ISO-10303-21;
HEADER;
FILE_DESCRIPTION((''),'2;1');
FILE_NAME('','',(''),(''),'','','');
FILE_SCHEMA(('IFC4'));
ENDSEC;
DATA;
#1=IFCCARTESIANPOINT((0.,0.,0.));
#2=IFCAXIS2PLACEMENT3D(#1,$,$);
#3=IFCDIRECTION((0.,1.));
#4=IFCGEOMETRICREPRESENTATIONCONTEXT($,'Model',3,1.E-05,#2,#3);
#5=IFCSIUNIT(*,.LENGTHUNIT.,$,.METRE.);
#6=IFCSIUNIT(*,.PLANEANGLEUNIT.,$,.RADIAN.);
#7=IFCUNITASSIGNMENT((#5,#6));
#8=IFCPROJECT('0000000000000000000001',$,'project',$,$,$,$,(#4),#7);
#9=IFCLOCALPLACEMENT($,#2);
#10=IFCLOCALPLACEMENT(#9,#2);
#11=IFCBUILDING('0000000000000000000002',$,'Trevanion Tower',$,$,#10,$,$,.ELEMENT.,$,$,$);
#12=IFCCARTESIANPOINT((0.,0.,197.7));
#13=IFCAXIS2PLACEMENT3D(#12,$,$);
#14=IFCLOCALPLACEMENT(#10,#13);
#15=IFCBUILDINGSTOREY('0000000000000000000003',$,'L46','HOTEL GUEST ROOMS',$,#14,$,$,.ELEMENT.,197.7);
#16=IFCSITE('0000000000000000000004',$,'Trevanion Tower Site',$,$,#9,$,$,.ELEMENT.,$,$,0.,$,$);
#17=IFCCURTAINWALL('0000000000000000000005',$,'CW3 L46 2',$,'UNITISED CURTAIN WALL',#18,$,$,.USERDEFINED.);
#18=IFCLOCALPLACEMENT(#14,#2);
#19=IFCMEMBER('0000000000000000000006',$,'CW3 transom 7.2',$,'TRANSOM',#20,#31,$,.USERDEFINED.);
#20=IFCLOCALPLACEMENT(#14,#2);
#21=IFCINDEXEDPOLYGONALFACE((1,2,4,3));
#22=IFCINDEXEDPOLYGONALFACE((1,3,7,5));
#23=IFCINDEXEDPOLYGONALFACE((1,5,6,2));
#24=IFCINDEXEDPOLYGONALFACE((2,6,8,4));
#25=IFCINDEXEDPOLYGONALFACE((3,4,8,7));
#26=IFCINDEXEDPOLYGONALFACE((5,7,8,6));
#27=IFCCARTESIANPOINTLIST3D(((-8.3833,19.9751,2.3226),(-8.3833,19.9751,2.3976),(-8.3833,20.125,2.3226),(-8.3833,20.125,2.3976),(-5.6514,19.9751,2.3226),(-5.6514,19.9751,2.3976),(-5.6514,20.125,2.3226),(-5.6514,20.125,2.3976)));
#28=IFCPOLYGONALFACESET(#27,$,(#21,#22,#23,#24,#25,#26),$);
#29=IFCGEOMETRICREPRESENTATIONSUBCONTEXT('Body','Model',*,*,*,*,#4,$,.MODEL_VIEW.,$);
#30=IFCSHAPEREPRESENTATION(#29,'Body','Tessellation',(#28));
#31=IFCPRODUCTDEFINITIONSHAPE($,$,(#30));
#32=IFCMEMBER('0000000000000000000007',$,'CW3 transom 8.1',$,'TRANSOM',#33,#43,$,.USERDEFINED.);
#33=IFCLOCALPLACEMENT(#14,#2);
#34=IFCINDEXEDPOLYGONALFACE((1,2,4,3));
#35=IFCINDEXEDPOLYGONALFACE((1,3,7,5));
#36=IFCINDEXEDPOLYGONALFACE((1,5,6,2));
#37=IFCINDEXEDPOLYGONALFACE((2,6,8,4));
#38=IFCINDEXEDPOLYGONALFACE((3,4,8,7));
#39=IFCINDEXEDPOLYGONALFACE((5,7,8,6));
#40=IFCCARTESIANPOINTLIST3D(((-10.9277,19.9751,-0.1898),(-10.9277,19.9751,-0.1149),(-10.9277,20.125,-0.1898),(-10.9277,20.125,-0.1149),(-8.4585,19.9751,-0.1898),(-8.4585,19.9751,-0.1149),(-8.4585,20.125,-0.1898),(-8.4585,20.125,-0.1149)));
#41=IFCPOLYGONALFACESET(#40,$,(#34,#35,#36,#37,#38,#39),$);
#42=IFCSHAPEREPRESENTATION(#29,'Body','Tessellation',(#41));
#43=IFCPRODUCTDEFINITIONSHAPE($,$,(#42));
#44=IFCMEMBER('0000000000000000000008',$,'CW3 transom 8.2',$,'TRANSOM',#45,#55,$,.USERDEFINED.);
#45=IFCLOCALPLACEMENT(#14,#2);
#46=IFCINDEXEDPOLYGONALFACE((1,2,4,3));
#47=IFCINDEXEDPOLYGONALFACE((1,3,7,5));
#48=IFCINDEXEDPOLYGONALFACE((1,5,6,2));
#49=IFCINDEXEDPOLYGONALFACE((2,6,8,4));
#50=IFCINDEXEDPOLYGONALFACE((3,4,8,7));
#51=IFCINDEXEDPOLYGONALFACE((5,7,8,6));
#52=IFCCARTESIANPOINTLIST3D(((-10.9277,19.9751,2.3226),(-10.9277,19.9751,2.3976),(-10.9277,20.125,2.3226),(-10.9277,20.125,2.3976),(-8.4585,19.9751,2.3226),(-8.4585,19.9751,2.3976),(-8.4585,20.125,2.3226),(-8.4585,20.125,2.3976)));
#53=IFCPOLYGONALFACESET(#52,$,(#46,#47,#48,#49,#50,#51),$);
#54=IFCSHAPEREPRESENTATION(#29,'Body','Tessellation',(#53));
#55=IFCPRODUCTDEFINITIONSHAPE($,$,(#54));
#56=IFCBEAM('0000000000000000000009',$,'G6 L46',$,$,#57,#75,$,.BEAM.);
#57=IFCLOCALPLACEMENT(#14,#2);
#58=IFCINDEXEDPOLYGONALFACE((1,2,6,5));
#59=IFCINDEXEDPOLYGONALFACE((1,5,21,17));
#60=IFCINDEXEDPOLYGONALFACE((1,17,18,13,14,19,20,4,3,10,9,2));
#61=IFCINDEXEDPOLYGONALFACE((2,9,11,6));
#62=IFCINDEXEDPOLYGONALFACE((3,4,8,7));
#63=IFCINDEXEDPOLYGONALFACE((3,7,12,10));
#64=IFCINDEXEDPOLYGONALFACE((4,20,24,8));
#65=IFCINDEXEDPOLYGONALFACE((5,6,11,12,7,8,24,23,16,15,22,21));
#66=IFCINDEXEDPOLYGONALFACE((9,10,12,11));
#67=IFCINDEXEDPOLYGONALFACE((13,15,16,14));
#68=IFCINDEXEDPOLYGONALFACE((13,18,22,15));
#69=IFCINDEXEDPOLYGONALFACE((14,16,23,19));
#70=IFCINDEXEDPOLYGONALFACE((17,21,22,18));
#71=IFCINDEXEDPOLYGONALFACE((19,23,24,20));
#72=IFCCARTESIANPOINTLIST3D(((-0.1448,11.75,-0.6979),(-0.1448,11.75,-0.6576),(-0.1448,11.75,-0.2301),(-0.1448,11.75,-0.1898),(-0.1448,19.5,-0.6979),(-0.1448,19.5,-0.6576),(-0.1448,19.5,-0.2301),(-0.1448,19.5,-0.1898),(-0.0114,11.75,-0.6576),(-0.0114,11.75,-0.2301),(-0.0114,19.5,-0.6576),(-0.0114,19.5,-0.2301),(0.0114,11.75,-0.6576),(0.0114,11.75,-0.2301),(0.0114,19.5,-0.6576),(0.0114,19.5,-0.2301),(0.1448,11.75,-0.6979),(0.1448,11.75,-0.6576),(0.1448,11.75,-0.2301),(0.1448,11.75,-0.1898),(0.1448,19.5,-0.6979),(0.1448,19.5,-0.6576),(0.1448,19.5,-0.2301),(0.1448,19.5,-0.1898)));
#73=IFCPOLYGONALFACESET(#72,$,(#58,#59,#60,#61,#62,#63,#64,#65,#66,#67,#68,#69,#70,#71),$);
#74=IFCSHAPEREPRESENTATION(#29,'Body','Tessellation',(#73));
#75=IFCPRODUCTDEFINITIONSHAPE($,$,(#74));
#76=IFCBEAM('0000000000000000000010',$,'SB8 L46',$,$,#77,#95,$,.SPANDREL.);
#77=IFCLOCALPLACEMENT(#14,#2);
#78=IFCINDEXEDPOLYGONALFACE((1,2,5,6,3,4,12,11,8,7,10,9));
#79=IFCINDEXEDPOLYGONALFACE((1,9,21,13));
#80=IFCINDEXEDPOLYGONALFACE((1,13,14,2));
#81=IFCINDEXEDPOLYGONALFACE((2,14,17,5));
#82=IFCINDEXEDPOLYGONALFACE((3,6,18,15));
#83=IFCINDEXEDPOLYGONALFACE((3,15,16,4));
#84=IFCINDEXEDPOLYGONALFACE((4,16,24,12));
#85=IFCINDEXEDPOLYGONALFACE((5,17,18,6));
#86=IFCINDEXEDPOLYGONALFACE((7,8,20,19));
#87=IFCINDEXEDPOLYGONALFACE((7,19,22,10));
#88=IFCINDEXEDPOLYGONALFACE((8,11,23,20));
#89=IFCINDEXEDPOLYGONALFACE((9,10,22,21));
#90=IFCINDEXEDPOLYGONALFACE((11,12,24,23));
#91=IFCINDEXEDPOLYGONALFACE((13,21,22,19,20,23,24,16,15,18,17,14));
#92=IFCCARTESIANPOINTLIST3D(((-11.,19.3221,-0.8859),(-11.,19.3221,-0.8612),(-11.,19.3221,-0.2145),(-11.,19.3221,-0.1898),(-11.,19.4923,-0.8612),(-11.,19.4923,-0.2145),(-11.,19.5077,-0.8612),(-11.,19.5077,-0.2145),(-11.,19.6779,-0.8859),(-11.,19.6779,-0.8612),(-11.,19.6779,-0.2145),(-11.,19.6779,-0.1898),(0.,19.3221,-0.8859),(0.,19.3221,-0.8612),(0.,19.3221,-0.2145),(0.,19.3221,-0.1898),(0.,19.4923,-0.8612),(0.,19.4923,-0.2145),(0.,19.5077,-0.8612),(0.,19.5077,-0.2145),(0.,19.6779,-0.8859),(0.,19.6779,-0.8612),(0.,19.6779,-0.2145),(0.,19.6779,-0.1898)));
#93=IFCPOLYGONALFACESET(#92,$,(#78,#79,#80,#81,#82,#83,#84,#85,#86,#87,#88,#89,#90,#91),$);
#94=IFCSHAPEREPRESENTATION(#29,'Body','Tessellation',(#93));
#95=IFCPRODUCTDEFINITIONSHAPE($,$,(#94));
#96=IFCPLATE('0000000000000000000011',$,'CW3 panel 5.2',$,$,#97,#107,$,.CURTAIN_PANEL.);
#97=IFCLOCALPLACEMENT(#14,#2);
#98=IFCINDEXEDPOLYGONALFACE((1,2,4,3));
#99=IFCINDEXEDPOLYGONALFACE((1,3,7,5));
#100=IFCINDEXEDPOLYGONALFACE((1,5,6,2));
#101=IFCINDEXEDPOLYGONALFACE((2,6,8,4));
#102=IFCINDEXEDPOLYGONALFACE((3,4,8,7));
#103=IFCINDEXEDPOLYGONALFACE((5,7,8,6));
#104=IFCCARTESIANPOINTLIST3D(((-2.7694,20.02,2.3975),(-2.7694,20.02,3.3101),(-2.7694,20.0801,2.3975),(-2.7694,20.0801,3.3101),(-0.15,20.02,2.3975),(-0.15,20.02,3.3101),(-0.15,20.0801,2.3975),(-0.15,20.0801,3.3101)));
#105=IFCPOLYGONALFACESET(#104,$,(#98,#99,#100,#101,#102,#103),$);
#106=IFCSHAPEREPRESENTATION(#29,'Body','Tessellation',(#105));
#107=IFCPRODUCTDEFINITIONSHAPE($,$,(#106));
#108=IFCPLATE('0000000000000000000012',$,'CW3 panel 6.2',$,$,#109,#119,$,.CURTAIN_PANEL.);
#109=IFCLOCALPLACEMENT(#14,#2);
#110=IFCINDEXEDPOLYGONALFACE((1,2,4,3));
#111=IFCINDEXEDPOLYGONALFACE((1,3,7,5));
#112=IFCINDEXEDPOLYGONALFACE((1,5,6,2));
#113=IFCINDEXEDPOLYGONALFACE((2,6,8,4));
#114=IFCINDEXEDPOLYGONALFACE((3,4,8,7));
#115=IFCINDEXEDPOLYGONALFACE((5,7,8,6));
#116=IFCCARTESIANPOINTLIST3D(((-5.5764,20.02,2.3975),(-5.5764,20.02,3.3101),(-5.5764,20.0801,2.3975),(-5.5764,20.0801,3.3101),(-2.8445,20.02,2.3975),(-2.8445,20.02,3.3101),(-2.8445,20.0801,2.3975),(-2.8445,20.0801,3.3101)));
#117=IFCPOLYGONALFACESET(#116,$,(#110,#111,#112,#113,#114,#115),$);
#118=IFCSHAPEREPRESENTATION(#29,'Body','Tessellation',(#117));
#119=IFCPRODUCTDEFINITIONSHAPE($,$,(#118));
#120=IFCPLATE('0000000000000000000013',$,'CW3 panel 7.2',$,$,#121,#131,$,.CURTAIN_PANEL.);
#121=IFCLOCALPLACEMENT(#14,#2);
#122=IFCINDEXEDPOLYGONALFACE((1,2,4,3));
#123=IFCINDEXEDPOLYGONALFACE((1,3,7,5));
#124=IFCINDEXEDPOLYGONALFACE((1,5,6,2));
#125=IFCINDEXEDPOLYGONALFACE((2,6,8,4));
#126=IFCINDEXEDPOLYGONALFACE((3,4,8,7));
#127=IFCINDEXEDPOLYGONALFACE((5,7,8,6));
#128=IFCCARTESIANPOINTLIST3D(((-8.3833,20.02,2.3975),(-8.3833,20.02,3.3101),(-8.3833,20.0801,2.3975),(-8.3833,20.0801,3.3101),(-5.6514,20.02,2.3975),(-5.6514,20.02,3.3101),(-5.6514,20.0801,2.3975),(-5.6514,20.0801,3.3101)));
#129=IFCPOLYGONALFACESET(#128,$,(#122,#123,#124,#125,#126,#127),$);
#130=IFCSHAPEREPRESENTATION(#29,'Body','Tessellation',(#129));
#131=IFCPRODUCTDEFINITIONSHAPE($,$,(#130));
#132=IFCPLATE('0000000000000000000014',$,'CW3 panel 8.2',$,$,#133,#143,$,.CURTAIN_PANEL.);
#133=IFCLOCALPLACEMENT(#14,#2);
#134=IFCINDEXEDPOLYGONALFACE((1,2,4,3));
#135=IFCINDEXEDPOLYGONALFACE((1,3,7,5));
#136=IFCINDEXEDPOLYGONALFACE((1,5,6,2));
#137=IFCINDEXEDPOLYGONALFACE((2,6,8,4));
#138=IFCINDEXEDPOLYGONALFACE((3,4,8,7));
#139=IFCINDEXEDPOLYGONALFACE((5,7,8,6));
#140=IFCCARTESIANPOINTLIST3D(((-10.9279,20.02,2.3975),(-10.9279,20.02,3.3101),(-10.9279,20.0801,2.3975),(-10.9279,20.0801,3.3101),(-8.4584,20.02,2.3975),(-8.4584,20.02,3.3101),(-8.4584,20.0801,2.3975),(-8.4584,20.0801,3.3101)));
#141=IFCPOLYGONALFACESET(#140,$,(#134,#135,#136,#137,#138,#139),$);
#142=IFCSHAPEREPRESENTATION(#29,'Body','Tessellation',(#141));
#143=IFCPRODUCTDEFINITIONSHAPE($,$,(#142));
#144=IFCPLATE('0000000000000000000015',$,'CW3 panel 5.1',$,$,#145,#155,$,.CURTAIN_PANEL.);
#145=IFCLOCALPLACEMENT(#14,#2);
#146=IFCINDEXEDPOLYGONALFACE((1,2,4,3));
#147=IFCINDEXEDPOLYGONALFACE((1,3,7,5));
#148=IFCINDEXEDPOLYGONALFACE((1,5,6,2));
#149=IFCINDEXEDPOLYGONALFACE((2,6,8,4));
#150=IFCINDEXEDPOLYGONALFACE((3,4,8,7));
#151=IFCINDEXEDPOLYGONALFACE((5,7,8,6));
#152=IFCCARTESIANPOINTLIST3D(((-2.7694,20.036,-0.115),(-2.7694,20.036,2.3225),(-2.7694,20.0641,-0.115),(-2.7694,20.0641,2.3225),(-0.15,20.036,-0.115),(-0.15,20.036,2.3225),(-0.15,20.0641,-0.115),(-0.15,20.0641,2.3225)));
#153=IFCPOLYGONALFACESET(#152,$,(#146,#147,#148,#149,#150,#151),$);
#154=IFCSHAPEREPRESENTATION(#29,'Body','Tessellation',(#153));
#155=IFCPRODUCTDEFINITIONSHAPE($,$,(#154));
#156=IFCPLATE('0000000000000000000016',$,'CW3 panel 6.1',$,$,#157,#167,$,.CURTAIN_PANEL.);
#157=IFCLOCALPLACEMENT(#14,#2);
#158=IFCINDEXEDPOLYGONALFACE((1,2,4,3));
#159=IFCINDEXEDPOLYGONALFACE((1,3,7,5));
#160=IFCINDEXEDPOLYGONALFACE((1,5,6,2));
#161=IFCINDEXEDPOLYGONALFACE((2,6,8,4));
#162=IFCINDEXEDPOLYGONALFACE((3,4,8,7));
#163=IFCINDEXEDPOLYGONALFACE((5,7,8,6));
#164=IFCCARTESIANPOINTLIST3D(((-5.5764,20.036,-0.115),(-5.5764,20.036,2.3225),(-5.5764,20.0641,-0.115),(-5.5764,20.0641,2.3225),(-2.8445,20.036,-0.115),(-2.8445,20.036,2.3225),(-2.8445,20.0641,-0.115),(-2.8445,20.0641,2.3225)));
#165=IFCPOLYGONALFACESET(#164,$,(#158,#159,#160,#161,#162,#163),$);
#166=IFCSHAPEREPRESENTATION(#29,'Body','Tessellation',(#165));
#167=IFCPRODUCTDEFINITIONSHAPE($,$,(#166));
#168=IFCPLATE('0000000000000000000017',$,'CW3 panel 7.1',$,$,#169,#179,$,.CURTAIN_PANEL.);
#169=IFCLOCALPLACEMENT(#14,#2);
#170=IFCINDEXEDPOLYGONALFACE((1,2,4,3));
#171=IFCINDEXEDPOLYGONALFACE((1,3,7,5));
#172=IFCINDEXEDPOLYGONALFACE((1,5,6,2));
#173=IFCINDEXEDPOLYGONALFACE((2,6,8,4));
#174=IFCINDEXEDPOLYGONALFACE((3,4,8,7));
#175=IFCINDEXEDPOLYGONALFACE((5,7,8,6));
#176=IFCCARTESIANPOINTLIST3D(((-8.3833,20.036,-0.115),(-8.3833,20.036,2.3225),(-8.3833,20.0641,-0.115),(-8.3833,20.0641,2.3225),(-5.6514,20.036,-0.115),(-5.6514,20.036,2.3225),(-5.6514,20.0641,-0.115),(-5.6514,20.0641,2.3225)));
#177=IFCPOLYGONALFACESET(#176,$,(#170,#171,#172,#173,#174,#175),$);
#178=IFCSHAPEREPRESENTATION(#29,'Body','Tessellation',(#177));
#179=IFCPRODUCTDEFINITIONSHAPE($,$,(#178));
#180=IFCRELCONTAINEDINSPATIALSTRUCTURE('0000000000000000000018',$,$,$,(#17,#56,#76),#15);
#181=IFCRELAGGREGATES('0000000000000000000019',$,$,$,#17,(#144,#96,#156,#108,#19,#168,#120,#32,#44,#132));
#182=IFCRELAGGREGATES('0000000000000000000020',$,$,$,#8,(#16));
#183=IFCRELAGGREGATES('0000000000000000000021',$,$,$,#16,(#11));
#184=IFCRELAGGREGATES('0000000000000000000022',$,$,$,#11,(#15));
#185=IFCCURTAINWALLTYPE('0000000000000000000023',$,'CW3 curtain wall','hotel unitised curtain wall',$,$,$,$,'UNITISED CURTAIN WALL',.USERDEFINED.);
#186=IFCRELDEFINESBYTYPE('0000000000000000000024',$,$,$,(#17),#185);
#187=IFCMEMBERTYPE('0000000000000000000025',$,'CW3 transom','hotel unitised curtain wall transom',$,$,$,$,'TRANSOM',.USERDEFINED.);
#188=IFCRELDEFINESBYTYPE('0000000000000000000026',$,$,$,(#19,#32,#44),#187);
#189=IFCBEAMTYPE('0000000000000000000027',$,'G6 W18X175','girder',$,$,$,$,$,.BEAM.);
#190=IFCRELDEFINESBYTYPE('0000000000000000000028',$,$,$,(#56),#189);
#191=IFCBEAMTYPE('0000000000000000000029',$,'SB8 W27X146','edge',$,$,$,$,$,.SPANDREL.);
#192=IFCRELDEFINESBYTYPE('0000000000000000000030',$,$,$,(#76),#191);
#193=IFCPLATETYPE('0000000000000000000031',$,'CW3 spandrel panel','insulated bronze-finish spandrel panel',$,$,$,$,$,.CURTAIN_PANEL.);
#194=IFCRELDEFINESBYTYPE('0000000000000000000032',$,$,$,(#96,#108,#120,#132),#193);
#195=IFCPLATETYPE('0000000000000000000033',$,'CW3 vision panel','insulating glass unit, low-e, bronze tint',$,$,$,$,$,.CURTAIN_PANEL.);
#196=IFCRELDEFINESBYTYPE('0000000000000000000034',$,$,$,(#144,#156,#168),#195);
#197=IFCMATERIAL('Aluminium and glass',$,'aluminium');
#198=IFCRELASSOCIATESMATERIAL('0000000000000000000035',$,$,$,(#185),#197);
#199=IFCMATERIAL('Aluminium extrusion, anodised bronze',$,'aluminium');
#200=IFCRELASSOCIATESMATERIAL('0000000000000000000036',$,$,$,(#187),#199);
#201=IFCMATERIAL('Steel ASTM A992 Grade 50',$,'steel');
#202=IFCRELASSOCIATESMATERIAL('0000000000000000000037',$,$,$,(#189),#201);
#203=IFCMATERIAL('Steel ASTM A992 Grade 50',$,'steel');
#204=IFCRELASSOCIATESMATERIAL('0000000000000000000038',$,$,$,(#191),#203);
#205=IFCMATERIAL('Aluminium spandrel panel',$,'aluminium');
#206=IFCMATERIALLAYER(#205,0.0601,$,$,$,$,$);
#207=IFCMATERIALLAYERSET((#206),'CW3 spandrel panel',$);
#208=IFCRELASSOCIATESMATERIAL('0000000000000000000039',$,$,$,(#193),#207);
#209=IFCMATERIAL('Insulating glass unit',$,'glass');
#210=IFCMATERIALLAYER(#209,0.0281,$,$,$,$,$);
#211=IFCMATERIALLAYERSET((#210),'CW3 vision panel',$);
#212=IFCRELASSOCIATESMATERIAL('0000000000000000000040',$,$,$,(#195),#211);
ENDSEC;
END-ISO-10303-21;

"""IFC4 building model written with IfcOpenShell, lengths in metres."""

from ifc_helpers import new_model, si_unit, direction, frame, origin, origin_2d, place, context, subcontext, project, spatial, rectangle, i_section, extrude, material, layer, layer_set, material_profile, profile_set, type_object, element, aggregate, save


model = new_model("IFC4")

# Units and contexts
model_context = context("Model", 3, precision=1e-05, world=origin(), true_north=direction((0.0, 1.0)))
body_context = subcontext(model_context, "Body", "Model", "MODEL_VIEW")
ifc_project = project(units=[si_unit("LENGTHUNIT", "METRE"), si_unit("PLANEANGLEUNIT", "RADIAN")], contexts=[model_context])

# Site, building, storey
site_placement = place(None, origin())
site = spatial("IfcSite", under=ifc_project, at=site_placement, Name="Trevanion Tower Site", CompositionType="ELEMENT", RefElevation=0.0)
building_placement = place(site_placement, origin())
building = spatial("IfcBuilding", under=site, at=building_placement, Name="Trevanion Tower", CompositionType="ELEMENT")
storey_placement = place(building_placement, frame((0.0, 0.0, 197.7)))
storey = spatial("IfcBuildingStorey", under=building, at=storey_placement, Name="L46", Description="HOTEL GUEST ROOMS", CompositionType="ELEMENT", Elevation=197.7)

# Curtain wall, members
ifc_material_1 = material(Name="Aluminium and glass", Category="aluminium")
curtain_wall_type = type_object("IfcCurtainWallType", Name="CW3 curtain wall", Description="hotel unitised curtain wall", ElementType="UNITISED CURTAIN WALL", PredefinedType="USERDEFINED", material=ifc_material_1)
curtain_wall_placement = place(storey_placement, origin())
curtain_wall = element("IfcCurtainWall", 1, at=curtain_wall_placement, inside=storey, type_object=curtain_wall_type, Name="CW3 L46 2", ObjectType="UNITISED CURTAIN WALL", PredefinedType="USERDEFINED")
ifc_material_2 = material(Name="Aluminium extrusion, anodised bronze", Category="aluminium")
ifc_material_profile_1 = material_profile(ifc_material_2, rectangle(XDim=0.1499, YDim=0.075, at=origin_2d()), Name="CW3 transom")
ifc_profile_set_1 = profile_set([ifc_material_profile_1], Name="Aluminium extrusion, anodised bronze")
member_type_1 = type_object("IfcMemberType", Name="CW3 transom", Description="hotel unitised curtain wall transom", ElementType="TRANSOM", PredefinedType="USERDEFINED", material=ifc_profile_set_1)
member_1_placement = place(storey_placement, frame((-5.6514, 20.05, 2.3601), z_axis=(-1.0, 0.0, 0.0), x_axis=(0.0, -1.0, 0.0)))
member_1 = element("IfcMember", 2, at=member_1_placement, type_object=member_type_1, Name="CW3 transom 7.2", ObjectType="TRANSOM", PredefinedType="USERDEFINED", context=body_context, shape_type="SweptSolid", body=[
    extrude(rectangle(XDim=0.1499, YDim=0.075, at=origin_2d()), origin(), (0.0, 0.0, 1.0), 2.7319),
])
member_2_placement = place(storey_placement, frame((-8.4585, 20.05, -0.1523), z_axis=(-1.0, 0.0, 0.0), x_axis=(0.0, -1.0, 0.0)))
member_2 = element("IfcMember", 3, at=member_2_placement, type_object=member_type_1, Name="CW3 transom 8.1", ObjectType="TRANSOM", PredefinedType="USERDEFINED", context=body_context, shape_type="SweptSolid", body=[
    extrude(rectangle(XDim=0.1499, YDim=0.075, at=origin_2d()), origin(), (0.0, 0.0, 1.0), 2.4692),
])
member_3_placement = place(storey_placement, frame((-8.4585, 20.05, 2.3601), z_axis=(-1.0, 0.0, 0.0), x_axis=(0.0, -1.0, 0.0)))
member_3 = element("IfcMember", 4, at=member_3_placement, type_object=member_type_1, Name="CW3 transom 8.2", ObjectType="TRANSOM", PredefinedType="USERDEFINED", context=body_context, shape_type="SweptSolid", body=[
    extrude(rectangle(XDim=0.1499, YDim=0.075, at=origin_2d()), origin(), (0.0, 0.0, 1.0), 2.4692),
])

# Beams
ifc_material_3 = material(Name="Steel ASTM A992 Grade 50", Category="steel")
ifc_material_profile_2 = material_profile(ifc_material_3, i_section(OverallWidth=0.2896, OverallDepth=0.5081, WebThickness=0.0227, FlangeThickness=0.0403, at=origin_2d()), Name="W18X175")
ifc_profile_set_2 = profile_set([ifc_material_profile_2], Name="Steel ASTM A992 Grade 50")
beam_type_1 = type_object("IfcBeamType", Name="G6 W18X175", Description="girder", PredefinedType="BEAM", material=ifc_profile_set_2)
beam_1_placement = place(storey_placement, frame((0.0, 11.75, -0.4438), z_axis=(0.0, 1.0, 0.0), x_axis=(-1.0, 0.0, 0.0)))
element("IfcBeam", 5, at=beam_1_placement, inside=storey, type_object=beam_type_1, Name="G6 L46", PredefinedType="BEAM", context=body_context, shape_type="SweptSolid", body=[
    extrude(i_section(OverallWidth=0.2896, OverallDepth=0.5081, WebThickness=0.0227, FlangeThickness=0.0403, at=origin_2d()), origin(), (0.0, 0.0, 1.0), 7.75),
])
ifc_material_4 = material(Name="Steel ASTM A992 Grade 50", Category="steel")
ifc_material_profile_3 = material_profile(ifc_material_4, i_section(OverallWidth=0.3557, OverallDepth=0.696, WebThickness=0.0154, FlangeThickness=0.0247, at=origin_2d()), Name="W27X146")
ifc_profile_set_3 = profile_set([ifc_material_profile_3], Name="Steel ASTM A992 Grade 50")
beam_type_2 = type_object("IfcBeamType", Name="SB8 W27X146", Description="edge", PredefinedType="SPANDREL", material=ifc_profile_set_3)
beam_2_placement = place(storey_placement, frame((0.0, 19.5, -0.5378), z_axis=(-1.0, 0.0, 0.0), x_axis=(0.0, -1.0, 0.0)))
element("IfcBeam", 6, at=beam_2_placement, inside=storey, type_object=beam_type_2, Name="SB8 L46", PredefinedType="SPANDREL", context=body_context, shape_type="SweptSolid", body=[
    extrude(i_section(OverallWidth=0.3557, OverallDepth=0.696, WebThickness=0.0154, FlangeThickness=0.0247, at=origin_2d()), origin(), (0.0, 0.0, 1.0), 11.0),
])

# Plates
ifc_material_5 = material(Name="Aluminium spandrel panel", Category="aluminium")
ifc_layer_1 = layer(ifc_material_5, 0.0601)
ifc_layer_set_1 = layer_set([ifc_layer_1], Name="CW3 spandrel panel")
plate_type_1 = type_object("IfcPlateType", Name="CW3 spandrel panel", Description="insulated bronze-finish spandrel panel", PredefinedType="CURTAIN_PANEL", material=ifc_layer_set_1)
plate_1_placement = place(storey_placement, frame((-1.4597, 20.05, 2.3975), z_axis=(0.0, 0.0, 1.0), x_axis=(-1.0, 0.0, 0.0)))
plate_1 = element("IfcPlate", 7, at=plate_1_placement, type_object=plate_type_1, Name="CW3 panel 5.2", PredefinedType="CURTAIN_PANEL", context=body_context, shape_type="SweptSolid", body=[
    extrude(rectangle(XDim=2.6194, YDim=0.0601, at=origin_2d()), origin(), (0.0, 0.0, 1.0), 0.9126),
])
plate_2_placement = place(storey_placement, frame((-4.2104, 20.05, 2.3975), z_axis=(0.0, 0.0, 1.0), x_axis=(-1.0, 0.0, 0.0)))
plate_2 = element("IfcPlate", 8, at=plate_2_placement, type_object=plate_type_1, Name="CW3 panel 6.2", PredefinedType="CURTAIN_PANEL", context=body_context, shape_type="SweptSolid", body=[
    extrude(rectangle(XDim=2.7319, YDim=0.0601, at=origin_2d()), origin(), (0.0, 0.0, 1.0), 0.9126),
])
plate_3_placement = place(storey_placement, frame((-7.0173, 20.05, 2.3975), z_axis=(0.0, 0.0, 1.0), x_axis=(-1.0, 0.0, 0.0)))
plate_3 = element("IfcPlate", 9, at=plate_3_placement, type_object=plate_type_1, Name="CW3 panel 7.2", PredefinedType="CURTAIN_PANEL", context=body_context, shape_type="SweptSolid", body=[
    extrude(rectangle(XDim=2.7319, YDim=0.0601, at=origin_2d()), origin(), (0.0, 0.0, 1.0), 0.9126),
])
plate_4_placement = place(storey_placement, frame((-9.6931, 20.05, 2.3975), z_axis=(0.0, 0.0, 1.0), x_axis=(-1.0, 0.0, 0.0)))
plate_4 = element("IfcPlate", 10, at=plate_4_placement, type_object=plate_type_1, Name="CW3 panel 8.2", PredefinedType="CURTAIN_PANEL", context=body_context, shape_type="SweptSolid", body=[
    extrude(rectangle(XDim=2.4695, YDim=0.0601, at=origin_2d()), origin(), (0.0, 0.0, 1.0), 0.9126),
])
ifc_material_6 = material(Name="Insulating glass unit", Category="glass")
ifc_layer_2 = layer(ifc_material_6, 0.0281)
ifc_layer_set_2 = layer_set([ifc_layer_2], Name="CW3 vision panel")
plate_type_2 = type_object("IfcPlateType", Name="CW3 vision panel", Description="insulating glass unit, low-e, bronze tint", PredefinedType="CURTAIN_PANEL", material=ifc_layer_set_2)
plate_5_placement = place(storey_placement, frame((-1.4597, 20.05, -0.115), z_axis=(0.0, 0.0, 1.0), x_axis=(-1.0, 0.0, 0.0)))
plate_5 = element("IfcPlate", 11, at=plate_5_placement, type_object=plate_type_2, Name="CW3 panel 5.1", PredefinedType="CURTAIN_PANEL", context=body_context, shape_type="SweptSolid", body=[
    extrude(rectangle(XDim=2.6194, YDim=0.0281, at=origin_2d()), origin(), (0.0, 0.0, 1.0), 2.4375),
])
plate_6_placement = place(storey_placement, frame((-4.2104, 20.05, -0.115), z_axis=(0.0, 0.0, 1.0), x_axis=(-1.0, 0.0, 0.0)))
plate_6 = element("IfcPlate", 12, at=plate_6_placement, type_object=plate_type_2, Name="CW3 panel 6.1", PredefinedType="CURTAIN_PANEL", context=body_context, shape_type="SweptSolid", body=[
    extrude(rectangle(XDim=2.7319, YDim=0.0281, at=origin_2d()), origin(), (0.0, 0.0, 1.0), 2.4375),
])
plate_7_placement = place(storey_placement, frame((-7.0173, 20.05, -0.115), z_axis=(0.0, 0.0, 1.0), x_axis=(-1.0, 0.0, 0.0)))
plate_7 = element("IfcPlate", 13, at=plate_7_placement, type_object=plate_type_2, Name="CW3 panel 7.1", PredefinedType="CURTAIN_PANEL", context=body_context, shape_type="SweptSolid", body=[
    extrude(rectangle(XDim=2.7319, YDim=0.0281, at=origin_2d()), origin(), (0.0, 0.0, 1.0), 2.4375),
])
aggregate(curtain_wall, [plate_5, plate_1, plate_6, plate_2, member_1, plate_7, plate_3, member_2, member_3, plate_4])

save(model, "model.ifc")
